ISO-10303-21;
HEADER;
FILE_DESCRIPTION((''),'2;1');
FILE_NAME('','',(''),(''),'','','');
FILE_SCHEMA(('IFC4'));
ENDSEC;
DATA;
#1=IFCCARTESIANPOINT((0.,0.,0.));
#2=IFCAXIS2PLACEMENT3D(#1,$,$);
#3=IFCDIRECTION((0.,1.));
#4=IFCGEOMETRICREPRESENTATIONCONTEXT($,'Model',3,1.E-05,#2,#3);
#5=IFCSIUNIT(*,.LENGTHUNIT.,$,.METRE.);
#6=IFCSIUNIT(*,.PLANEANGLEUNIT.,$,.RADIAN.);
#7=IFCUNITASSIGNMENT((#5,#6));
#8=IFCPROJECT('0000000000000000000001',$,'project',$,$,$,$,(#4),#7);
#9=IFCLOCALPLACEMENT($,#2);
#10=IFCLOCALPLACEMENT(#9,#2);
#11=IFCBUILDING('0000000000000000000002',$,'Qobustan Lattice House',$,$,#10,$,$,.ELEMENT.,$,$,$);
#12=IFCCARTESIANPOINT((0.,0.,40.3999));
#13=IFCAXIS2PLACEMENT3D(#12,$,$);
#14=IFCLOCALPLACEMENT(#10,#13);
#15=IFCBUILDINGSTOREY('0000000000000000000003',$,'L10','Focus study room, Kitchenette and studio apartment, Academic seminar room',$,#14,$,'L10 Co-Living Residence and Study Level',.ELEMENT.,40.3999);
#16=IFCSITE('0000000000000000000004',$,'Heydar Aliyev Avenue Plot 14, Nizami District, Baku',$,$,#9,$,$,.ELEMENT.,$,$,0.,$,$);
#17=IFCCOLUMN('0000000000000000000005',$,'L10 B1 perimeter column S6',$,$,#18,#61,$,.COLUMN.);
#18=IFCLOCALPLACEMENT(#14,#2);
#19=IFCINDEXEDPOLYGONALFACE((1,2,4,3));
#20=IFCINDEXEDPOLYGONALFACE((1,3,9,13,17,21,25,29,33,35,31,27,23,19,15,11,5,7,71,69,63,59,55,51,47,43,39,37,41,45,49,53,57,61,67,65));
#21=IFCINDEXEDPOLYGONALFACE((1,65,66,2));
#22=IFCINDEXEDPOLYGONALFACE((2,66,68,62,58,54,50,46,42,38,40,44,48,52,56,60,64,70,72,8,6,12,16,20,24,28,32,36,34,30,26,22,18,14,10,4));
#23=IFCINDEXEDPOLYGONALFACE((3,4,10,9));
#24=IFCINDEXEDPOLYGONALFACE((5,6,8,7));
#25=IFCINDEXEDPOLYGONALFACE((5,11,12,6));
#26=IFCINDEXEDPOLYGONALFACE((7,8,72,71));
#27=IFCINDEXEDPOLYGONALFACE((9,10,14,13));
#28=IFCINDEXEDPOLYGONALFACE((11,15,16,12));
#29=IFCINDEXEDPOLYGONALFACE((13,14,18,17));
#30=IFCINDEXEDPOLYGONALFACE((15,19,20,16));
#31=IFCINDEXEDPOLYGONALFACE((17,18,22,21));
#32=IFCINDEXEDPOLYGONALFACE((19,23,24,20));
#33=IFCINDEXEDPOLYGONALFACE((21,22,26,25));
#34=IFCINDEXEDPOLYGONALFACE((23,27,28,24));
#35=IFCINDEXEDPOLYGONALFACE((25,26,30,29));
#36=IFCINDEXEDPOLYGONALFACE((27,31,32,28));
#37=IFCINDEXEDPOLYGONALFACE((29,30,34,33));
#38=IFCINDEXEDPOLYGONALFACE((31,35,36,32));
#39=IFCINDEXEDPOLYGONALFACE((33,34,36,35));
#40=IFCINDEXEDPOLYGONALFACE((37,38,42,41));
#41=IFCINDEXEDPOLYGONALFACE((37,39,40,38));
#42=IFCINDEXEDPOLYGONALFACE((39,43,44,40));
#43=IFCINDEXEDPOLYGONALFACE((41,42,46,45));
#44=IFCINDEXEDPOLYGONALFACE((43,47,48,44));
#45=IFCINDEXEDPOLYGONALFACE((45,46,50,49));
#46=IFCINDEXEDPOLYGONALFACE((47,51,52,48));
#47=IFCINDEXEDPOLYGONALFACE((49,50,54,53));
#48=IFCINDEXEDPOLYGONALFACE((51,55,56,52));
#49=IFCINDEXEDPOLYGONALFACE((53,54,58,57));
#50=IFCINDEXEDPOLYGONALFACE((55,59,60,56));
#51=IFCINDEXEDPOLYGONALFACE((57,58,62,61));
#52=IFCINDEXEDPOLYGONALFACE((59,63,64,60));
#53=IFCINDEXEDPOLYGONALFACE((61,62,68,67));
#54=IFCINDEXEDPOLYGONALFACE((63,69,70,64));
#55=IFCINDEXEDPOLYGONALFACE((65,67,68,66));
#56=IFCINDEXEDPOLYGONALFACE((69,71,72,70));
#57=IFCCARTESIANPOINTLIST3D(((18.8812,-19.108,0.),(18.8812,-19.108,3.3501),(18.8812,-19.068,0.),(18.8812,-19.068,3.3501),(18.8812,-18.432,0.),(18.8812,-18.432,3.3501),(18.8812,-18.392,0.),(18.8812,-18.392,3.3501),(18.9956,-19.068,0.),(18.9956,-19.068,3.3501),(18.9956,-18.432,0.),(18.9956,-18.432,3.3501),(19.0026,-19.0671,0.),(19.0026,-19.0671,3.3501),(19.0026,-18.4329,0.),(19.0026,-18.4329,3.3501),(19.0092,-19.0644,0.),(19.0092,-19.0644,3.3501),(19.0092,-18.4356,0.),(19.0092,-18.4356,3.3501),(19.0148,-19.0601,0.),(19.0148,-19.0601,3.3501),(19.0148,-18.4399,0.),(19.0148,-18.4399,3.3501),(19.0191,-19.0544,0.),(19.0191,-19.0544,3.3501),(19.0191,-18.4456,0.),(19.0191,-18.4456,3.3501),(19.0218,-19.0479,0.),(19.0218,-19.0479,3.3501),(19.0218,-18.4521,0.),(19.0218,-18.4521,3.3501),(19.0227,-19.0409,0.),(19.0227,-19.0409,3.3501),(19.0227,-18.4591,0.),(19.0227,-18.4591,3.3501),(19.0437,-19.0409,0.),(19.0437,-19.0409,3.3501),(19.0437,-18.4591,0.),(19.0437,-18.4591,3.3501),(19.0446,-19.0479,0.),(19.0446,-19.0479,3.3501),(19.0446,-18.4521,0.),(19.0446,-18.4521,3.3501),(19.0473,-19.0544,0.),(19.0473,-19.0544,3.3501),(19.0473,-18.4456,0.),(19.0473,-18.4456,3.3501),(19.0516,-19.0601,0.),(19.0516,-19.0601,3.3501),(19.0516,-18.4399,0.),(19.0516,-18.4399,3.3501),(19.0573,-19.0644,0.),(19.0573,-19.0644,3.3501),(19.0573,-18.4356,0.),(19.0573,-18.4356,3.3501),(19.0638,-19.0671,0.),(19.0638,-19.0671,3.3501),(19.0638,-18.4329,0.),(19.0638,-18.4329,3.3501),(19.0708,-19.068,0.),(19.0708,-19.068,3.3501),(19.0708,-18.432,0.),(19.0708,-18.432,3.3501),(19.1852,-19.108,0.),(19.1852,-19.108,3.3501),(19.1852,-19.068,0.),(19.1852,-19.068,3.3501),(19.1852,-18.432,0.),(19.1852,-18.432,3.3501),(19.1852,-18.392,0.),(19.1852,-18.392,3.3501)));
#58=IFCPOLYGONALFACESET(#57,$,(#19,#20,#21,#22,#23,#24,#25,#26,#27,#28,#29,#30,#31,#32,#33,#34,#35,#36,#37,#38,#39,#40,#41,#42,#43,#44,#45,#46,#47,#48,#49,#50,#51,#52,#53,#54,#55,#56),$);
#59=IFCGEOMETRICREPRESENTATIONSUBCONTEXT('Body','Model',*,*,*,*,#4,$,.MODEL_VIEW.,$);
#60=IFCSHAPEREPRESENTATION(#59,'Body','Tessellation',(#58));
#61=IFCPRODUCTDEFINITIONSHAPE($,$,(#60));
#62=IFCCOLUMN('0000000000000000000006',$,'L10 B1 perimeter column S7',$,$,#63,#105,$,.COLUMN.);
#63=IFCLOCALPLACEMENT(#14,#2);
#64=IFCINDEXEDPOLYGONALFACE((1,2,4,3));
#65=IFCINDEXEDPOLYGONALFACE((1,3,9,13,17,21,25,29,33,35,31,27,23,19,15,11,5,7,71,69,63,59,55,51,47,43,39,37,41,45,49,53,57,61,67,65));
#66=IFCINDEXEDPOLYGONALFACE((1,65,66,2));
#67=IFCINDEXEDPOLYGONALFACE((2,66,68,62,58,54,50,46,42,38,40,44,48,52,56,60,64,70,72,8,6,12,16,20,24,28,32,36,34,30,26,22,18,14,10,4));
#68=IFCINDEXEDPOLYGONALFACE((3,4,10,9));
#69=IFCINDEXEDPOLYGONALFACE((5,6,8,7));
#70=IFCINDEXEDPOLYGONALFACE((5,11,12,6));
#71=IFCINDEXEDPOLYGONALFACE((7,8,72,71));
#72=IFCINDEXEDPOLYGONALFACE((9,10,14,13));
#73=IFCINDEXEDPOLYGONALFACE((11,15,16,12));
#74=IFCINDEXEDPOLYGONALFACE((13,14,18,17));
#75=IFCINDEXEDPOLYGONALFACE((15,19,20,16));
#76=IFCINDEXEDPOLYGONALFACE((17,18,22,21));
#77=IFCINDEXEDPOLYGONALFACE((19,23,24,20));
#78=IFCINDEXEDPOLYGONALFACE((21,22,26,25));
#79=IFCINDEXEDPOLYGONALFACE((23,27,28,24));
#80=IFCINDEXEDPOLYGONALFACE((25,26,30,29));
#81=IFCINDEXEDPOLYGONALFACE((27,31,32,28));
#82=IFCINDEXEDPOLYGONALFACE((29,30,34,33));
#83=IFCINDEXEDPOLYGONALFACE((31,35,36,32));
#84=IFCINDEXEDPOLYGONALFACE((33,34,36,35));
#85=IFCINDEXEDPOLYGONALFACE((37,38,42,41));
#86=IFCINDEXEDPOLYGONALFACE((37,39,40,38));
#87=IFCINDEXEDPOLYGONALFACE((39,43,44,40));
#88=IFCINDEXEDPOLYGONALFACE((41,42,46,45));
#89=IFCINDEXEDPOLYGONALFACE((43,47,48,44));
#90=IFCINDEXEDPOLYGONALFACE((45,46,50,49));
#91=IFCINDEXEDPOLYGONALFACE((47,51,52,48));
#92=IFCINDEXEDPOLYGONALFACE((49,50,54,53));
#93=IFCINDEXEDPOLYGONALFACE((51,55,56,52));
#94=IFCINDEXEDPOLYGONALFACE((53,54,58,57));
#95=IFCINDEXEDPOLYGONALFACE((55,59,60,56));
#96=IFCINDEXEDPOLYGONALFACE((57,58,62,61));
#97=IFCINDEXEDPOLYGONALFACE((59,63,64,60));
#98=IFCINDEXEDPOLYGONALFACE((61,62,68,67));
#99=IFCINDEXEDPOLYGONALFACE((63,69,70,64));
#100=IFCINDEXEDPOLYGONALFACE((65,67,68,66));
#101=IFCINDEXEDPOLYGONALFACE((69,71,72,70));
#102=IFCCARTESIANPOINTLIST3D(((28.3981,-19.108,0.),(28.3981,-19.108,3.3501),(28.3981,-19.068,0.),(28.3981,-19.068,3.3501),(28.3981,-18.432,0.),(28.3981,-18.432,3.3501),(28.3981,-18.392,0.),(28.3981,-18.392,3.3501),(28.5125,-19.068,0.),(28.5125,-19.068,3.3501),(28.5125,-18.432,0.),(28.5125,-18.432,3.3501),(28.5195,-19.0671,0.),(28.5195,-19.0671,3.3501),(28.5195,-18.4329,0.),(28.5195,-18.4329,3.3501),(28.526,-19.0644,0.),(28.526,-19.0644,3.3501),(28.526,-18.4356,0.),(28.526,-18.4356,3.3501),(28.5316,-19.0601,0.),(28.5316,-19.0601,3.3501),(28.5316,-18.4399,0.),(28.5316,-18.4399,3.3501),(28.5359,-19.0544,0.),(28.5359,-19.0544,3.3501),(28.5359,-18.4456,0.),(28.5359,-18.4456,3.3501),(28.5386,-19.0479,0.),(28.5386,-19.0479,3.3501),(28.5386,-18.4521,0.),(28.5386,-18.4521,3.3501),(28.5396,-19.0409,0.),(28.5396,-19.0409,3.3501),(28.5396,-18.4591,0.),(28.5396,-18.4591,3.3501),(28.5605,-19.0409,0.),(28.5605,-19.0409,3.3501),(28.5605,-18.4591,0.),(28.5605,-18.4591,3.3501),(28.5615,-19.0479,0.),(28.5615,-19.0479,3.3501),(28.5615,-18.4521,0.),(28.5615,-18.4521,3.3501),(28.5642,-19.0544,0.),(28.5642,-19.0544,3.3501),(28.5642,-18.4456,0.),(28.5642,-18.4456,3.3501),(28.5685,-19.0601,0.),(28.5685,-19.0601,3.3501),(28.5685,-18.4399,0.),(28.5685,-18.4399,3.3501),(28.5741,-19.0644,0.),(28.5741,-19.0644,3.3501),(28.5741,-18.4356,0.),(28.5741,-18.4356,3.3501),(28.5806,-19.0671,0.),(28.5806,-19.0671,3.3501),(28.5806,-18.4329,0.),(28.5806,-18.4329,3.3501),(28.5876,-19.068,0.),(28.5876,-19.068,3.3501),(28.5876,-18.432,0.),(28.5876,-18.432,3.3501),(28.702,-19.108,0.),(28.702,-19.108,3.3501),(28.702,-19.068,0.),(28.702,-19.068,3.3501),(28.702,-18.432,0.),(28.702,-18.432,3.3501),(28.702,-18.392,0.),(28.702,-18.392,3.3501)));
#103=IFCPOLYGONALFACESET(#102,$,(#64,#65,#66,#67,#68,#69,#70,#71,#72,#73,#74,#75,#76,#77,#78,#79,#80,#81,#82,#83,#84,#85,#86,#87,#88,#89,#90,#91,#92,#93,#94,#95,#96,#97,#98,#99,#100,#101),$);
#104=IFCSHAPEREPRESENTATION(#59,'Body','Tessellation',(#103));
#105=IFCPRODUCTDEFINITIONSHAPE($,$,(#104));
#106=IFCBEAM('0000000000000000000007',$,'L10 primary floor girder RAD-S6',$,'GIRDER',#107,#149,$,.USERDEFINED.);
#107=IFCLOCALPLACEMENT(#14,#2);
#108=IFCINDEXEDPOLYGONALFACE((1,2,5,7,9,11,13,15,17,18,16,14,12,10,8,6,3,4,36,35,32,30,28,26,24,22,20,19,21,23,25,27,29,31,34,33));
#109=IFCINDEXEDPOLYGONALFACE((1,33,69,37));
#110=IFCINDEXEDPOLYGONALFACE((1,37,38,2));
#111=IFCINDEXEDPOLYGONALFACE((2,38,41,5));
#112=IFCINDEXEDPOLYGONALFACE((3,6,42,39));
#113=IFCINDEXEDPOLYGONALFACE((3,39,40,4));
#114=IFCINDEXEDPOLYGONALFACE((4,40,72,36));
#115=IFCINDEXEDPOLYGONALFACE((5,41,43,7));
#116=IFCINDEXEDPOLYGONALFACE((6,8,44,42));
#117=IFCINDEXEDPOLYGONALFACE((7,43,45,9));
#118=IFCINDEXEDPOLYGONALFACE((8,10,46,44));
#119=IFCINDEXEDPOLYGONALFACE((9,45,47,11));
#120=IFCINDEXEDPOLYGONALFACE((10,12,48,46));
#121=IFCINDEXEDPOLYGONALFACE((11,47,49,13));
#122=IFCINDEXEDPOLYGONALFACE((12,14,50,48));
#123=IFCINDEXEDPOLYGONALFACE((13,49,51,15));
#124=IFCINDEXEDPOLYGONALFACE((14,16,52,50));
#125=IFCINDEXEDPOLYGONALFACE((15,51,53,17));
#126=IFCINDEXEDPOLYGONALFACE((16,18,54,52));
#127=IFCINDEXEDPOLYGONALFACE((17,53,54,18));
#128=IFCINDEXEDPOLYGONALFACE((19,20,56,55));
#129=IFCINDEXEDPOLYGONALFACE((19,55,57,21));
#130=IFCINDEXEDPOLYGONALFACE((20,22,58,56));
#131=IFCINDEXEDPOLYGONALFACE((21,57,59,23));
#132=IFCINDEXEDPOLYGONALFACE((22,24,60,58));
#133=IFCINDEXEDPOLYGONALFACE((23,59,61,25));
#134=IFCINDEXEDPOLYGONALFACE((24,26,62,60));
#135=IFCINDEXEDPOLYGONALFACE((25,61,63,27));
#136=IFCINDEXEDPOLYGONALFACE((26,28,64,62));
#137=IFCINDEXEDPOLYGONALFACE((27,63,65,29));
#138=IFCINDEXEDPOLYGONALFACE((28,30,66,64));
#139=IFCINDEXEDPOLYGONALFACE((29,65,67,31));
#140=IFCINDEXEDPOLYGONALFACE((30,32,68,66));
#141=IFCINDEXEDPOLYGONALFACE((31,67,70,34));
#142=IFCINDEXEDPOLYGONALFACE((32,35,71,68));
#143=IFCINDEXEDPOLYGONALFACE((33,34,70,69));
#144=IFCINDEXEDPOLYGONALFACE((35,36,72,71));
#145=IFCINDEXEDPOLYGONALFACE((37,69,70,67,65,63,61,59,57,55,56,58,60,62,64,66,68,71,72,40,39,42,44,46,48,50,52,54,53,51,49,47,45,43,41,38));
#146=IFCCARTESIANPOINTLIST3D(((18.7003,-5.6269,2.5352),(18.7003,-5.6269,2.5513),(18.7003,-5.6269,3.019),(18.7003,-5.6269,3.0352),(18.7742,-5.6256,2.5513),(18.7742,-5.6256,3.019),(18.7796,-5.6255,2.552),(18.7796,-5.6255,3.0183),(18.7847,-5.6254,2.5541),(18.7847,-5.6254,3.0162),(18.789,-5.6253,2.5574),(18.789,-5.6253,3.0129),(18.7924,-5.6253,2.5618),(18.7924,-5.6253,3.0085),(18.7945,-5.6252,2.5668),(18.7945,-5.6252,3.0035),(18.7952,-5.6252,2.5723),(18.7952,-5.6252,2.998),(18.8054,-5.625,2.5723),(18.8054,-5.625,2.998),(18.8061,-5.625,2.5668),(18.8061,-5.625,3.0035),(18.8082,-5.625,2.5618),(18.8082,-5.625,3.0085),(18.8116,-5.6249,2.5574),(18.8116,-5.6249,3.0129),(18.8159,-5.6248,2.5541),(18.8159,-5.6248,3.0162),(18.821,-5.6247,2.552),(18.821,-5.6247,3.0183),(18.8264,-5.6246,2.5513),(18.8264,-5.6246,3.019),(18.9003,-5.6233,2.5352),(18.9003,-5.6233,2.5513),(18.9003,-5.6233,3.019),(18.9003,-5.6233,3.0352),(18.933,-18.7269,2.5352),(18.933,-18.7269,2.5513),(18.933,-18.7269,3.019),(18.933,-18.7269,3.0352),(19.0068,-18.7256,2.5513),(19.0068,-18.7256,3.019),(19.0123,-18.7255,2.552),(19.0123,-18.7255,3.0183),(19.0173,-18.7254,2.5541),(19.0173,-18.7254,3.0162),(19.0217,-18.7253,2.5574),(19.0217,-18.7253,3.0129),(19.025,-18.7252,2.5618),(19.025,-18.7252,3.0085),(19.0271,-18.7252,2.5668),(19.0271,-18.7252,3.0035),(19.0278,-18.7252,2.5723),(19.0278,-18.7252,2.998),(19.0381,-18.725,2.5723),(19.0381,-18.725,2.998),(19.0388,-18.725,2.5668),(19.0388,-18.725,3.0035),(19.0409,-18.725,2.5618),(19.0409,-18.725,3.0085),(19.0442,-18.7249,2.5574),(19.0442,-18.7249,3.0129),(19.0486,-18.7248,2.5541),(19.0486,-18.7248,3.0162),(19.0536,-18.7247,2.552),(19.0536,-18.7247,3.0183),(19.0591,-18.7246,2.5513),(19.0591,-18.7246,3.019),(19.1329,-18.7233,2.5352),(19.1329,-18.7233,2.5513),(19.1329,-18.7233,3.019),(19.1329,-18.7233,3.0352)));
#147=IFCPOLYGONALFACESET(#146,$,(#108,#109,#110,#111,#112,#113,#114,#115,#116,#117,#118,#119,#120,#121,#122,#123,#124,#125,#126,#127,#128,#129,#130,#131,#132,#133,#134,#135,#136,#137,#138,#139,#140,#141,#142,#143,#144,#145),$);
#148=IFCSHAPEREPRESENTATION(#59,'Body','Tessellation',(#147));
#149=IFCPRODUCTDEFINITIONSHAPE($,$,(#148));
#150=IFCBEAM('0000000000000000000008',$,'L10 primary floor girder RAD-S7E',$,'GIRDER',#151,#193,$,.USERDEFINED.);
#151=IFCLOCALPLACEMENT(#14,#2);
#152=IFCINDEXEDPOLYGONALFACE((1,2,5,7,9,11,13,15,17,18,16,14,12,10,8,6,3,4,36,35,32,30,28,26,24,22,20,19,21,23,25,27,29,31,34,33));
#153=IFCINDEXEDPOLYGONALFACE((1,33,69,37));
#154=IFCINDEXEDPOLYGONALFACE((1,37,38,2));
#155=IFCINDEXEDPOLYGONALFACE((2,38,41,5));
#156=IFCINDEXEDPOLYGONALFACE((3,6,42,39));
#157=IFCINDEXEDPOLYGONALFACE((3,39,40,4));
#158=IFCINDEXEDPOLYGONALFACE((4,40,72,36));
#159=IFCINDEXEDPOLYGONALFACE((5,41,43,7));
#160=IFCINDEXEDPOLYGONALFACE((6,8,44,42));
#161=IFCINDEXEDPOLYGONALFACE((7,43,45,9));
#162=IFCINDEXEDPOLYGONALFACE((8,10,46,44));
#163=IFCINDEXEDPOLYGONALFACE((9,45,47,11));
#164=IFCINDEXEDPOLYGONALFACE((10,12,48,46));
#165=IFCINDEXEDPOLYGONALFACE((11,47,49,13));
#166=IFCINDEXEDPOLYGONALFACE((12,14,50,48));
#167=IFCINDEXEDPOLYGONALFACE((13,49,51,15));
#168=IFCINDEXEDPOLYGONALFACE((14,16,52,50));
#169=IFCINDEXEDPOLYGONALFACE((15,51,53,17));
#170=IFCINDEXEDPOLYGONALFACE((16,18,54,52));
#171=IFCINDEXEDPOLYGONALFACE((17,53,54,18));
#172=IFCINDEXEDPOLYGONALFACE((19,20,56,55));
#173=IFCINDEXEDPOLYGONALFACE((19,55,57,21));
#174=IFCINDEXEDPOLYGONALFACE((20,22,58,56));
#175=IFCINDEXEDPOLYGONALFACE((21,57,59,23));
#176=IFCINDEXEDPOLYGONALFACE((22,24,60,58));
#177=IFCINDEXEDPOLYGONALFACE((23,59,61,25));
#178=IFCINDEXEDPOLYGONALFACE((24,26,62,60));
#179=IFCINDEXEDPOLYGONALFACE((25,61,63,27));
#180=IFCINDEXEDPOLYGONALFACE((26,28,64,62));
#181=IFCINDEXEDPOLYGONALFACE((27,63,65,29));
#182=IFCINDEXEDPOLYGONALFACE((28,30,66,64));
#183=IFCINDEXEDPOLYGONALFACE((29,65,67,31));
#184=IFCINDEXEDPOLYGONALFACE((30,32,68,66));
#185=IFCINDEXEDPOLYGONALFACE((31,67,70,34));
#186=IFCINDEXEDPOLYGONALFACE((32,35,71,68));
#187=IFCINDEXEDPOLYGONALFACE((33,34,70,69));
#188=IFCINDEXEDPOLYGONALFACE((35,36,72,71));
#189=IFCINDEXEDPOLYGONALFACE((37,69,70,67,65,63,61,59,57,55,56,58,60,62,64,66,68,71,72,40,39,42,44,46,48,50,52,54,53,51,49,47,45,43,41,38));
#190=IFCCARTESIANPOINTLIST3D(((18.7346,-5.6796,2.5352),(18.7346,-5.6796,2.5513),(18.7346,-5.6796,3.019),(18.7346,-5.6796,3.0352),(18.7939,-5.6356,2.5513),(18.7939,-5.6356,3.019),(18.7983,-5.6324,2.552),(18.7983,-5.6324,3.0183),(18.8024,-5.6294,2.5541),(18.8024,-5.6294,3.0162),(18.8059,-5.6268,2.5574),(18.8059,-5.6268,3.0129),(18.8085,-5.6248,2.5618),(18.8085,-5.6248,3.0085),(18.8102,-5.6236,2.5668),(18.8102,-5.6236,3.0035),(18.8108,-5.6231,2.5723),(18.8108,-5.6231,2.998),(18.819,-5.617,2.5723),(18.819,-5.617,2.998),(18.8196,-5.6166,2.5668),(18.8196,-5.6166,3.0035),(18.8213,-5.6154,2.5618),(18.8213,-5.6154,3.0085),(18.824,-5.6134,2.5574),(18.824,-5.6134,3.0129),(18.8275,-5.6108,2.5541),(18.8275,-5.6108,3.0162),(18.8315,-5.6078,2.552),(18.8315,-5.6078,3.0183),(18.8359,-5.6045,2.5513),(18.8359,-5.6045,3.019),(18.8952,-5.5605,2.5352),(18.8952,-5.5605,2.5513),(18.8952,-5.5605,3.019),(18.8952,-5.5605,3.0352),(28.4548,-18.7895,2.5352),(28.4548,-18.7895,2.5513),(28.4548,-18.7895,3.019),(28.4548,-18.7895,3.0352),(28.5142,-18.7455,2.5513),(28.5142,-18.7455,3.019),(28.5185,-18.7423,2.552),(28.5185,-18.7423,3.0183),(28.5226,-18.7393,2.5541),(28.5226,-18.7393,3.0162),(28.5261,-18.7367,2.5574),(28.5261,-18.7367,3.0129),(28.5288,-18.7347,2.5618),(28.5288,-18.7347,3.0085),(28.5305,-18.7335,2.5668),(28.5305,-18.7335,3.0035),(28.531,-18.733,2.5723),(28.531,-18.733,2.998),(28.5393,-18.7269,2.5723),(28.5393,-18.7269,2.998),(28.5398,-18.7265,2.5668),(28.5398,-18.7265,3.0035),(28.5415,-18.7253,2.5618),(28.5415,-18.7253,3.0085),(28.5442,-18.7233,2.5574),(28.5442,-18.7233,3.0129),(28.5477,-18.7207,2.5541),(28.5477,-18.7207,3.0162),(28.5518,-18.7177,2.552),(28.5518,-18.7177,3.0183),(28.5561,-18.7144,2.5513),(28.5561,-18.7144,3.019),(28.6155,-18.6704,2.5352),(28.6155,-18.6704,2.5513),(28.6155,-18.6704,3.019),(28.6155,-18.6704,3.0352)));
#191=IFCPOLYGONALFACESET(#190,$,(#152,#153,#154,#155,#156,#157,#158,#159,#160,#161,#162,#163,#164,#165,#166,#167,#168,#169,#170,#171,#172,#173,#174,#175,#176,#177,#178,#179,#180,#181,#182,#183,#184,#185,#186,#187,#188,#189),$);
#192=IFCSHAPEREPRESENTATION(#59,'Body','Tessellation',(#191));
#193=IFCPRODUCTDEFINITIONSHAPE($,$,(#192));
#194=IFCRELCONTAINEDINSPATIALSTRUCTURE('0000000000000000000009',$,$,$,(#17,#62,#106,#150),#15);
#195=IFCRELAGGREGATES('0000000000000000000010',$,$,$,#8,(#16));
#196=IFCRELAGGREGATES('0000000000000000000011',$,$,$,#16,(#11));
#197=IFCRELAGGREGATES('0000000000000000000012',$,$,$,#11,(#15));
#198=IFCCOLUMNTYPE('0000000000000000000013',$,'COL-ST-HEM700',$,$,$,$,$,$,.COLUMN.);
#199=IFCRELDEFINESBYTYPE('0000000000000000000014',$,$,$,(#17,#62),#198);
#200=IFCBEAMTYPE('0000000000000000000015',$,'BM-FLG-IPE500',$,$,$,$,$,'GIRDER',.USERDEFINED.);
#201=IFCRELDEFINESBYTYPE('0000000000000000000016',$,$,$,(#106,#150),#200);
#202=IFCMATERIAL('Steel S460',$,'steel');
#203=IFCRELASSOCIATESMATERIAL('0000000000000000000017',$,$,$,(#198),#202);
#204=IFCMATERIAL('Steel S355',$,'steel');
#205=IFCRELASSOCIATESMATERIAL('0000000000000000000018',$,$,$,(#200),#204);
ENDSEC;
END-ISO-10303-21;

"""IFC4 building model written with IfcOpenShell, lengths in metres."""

from ifc_helpers import new_model, si_unit, direction, frame, origin, origin_2d, place, context, subcontext, project, spatial, i_section, extrude, material, material_profile, profile_set, type_object, element, save


model = new_model("IFC4")

# Units and contexts
model_context = context("Model", 3, precision=1e-05, world=origin(), true_north=direction((0.0, 1.0)))
body_context = subcontext(model_context, "Body", "Model", "MODEL_VIEW")
ifc_project = project(units=[si_unit("LENGTHUNIT", "METRE"), si_unit("PLANEANGLEUNIT", "RADIAN")], contexts=[model_context])

# Site, building, storey
site_placement = place(None, origin())
site = spatial("IfcSite", under=ifc_project, at=site_placement, Name="Heydar Aliyev Avenue Plot 14, Nizami District, Baku", CompositionType="ELEMENT", RefElevation=0.0)
building_placement = place(site_placement, origin())
building = spatial("IfcBuilding", under=site, at=building_placement, Name="Qobustan Lattice House", CompositionType="ELEMENT")
storey_placement = place(building_placement, frame((0.0, 0.0, 40.3999)))
storey = spatial("IfcBuildingStorey", under=building, at=storey_placement, Name="L10", Description="Focus study room, Kitchenette and studio apartment, Academic seminar room", LongName="L10 Co-Living Residence and Study Level", CompositionType="ELEMENT", Elevation=40.3999)

# Columns
ifc_material_1 = material(Name="Steel S460", Category="steel")
ifc_material_profile_1 = material_profile(ifc_material_1, i_section(OverallWidth=0.304, OverallDepth=0.7161, WebThickness=0.021, FlangeThickness=0.04, FilletRadius=0.0271, at=origin_2d()), Name="HEM700")
ifc_profile_set_1 = profile_set([ifc_material_profile_1], Name="Steel S460")
column_type = type_object("IfcColumnType", Name="COL-ST-HEM700", PredefinedType="COLUMN", material=ifc_profile_set_1)
for number, where, z_axis, x_axis, name in (
    (1, (19.0332, -18.75, 0.0), (0.0, 0.0, 1.0), (1.0, 0.0, 0.0), "L10 B1 perimeter column S6"),
    (2, (28.55, -18.75, 0.0), (0.0, 0.0, 1.0), (1.0, 0.0, 0.0), "L10 B1 perimeter column S7"),
):
    element("IfcColumn", number, at=place(storey_placement, frame(where, z_axis=z_axis, x_axis=x_axis)), inside=storey, type_object=column_type, Name=name, PredefinedType="COLUMN", context=body_context, shape_type="SweptSolid", body=[
        extrude(i_section(OverallWidth=0.304, OverallDepth=0.7161, WebThickness=0.021, FlangeThickness=0.04, FilletRadius=0.0271, at=origin_2d()), origin(), (0.0, 0.0, 1.0), 3.3501),
    ])

# Beams
ifc_material_2 = material(Name="Steel S355", Category="steel")
ifc_material_profile_2 = material_profile(ifc_material_2, i_section(OverallWidth=0.2, OverallDepth=0.5, WebThickness=0.0103, FlangeThickness=0.0161, FilletRadius=0.021, at=origin_2d()), Name="IPE500")
ifc_profile_set_2 = profile_set([ifc_material_profile_2], Name="Steel S355")
beam_type_1 = type_object("IfcBeamType", Name="BM-FLG-IPE500", ElementType="GIRDER", PredefinedType="USERDEFINED", material=ifc_profile_set_2)
beam_1_placement = place(storey_placement, frame((19.033, -18.7251, 2.7852), z_axis=(-0.017758, 0.999842, 0.0), x_axis=(-0.999842, -0.017758, 0.0)))
element("IfcBeam", 3, at=beam_1_placement, inside=storey, type_object=beam_type_1, Name="L10 primary floor girder RAD-S6", ObjectType="GIRDER", PredefinedType="USERDEFINED", context=body_context, shape_type="SweptSolid", body=[
    extrude(i_section(OverallWidth=0.2, OverallDepth=0.5, WebThickness=0.0103, FlangeThickness=0.0161, FilletRadius=0.021, at=origin_2d()), origin(), (0.0, 0.0, 1.0), 13.1021),
])
beam_2_placement = place(storey_placement, frame((28.5352, -18.73, 2.7852), z_axis=(-0.595592, 0.803287, 0.0), x_axis=(-0.803287, -0.595592, 0.0)))
element("IfcBeam", 4, at=beam_2_placement, inside=storey, type_object=beam_type_1, Name="L10 primary floor girder RAD-S7E", ObjectType="GIRDER", PredefinedType="USERDEFINED", context=body_context, shape_type="SweptSolid", body=[
    extrude(i_section(OverallWidth=0.2, OverallDepth=0.5, WebThickness=0.0103, FlangeThickness=0.0161, FilletRadius=0.021, at=origin_2d()), origin(), (0.0, 0.0, 1.0), 16.3203),
])

save(model, "model.ifc")
